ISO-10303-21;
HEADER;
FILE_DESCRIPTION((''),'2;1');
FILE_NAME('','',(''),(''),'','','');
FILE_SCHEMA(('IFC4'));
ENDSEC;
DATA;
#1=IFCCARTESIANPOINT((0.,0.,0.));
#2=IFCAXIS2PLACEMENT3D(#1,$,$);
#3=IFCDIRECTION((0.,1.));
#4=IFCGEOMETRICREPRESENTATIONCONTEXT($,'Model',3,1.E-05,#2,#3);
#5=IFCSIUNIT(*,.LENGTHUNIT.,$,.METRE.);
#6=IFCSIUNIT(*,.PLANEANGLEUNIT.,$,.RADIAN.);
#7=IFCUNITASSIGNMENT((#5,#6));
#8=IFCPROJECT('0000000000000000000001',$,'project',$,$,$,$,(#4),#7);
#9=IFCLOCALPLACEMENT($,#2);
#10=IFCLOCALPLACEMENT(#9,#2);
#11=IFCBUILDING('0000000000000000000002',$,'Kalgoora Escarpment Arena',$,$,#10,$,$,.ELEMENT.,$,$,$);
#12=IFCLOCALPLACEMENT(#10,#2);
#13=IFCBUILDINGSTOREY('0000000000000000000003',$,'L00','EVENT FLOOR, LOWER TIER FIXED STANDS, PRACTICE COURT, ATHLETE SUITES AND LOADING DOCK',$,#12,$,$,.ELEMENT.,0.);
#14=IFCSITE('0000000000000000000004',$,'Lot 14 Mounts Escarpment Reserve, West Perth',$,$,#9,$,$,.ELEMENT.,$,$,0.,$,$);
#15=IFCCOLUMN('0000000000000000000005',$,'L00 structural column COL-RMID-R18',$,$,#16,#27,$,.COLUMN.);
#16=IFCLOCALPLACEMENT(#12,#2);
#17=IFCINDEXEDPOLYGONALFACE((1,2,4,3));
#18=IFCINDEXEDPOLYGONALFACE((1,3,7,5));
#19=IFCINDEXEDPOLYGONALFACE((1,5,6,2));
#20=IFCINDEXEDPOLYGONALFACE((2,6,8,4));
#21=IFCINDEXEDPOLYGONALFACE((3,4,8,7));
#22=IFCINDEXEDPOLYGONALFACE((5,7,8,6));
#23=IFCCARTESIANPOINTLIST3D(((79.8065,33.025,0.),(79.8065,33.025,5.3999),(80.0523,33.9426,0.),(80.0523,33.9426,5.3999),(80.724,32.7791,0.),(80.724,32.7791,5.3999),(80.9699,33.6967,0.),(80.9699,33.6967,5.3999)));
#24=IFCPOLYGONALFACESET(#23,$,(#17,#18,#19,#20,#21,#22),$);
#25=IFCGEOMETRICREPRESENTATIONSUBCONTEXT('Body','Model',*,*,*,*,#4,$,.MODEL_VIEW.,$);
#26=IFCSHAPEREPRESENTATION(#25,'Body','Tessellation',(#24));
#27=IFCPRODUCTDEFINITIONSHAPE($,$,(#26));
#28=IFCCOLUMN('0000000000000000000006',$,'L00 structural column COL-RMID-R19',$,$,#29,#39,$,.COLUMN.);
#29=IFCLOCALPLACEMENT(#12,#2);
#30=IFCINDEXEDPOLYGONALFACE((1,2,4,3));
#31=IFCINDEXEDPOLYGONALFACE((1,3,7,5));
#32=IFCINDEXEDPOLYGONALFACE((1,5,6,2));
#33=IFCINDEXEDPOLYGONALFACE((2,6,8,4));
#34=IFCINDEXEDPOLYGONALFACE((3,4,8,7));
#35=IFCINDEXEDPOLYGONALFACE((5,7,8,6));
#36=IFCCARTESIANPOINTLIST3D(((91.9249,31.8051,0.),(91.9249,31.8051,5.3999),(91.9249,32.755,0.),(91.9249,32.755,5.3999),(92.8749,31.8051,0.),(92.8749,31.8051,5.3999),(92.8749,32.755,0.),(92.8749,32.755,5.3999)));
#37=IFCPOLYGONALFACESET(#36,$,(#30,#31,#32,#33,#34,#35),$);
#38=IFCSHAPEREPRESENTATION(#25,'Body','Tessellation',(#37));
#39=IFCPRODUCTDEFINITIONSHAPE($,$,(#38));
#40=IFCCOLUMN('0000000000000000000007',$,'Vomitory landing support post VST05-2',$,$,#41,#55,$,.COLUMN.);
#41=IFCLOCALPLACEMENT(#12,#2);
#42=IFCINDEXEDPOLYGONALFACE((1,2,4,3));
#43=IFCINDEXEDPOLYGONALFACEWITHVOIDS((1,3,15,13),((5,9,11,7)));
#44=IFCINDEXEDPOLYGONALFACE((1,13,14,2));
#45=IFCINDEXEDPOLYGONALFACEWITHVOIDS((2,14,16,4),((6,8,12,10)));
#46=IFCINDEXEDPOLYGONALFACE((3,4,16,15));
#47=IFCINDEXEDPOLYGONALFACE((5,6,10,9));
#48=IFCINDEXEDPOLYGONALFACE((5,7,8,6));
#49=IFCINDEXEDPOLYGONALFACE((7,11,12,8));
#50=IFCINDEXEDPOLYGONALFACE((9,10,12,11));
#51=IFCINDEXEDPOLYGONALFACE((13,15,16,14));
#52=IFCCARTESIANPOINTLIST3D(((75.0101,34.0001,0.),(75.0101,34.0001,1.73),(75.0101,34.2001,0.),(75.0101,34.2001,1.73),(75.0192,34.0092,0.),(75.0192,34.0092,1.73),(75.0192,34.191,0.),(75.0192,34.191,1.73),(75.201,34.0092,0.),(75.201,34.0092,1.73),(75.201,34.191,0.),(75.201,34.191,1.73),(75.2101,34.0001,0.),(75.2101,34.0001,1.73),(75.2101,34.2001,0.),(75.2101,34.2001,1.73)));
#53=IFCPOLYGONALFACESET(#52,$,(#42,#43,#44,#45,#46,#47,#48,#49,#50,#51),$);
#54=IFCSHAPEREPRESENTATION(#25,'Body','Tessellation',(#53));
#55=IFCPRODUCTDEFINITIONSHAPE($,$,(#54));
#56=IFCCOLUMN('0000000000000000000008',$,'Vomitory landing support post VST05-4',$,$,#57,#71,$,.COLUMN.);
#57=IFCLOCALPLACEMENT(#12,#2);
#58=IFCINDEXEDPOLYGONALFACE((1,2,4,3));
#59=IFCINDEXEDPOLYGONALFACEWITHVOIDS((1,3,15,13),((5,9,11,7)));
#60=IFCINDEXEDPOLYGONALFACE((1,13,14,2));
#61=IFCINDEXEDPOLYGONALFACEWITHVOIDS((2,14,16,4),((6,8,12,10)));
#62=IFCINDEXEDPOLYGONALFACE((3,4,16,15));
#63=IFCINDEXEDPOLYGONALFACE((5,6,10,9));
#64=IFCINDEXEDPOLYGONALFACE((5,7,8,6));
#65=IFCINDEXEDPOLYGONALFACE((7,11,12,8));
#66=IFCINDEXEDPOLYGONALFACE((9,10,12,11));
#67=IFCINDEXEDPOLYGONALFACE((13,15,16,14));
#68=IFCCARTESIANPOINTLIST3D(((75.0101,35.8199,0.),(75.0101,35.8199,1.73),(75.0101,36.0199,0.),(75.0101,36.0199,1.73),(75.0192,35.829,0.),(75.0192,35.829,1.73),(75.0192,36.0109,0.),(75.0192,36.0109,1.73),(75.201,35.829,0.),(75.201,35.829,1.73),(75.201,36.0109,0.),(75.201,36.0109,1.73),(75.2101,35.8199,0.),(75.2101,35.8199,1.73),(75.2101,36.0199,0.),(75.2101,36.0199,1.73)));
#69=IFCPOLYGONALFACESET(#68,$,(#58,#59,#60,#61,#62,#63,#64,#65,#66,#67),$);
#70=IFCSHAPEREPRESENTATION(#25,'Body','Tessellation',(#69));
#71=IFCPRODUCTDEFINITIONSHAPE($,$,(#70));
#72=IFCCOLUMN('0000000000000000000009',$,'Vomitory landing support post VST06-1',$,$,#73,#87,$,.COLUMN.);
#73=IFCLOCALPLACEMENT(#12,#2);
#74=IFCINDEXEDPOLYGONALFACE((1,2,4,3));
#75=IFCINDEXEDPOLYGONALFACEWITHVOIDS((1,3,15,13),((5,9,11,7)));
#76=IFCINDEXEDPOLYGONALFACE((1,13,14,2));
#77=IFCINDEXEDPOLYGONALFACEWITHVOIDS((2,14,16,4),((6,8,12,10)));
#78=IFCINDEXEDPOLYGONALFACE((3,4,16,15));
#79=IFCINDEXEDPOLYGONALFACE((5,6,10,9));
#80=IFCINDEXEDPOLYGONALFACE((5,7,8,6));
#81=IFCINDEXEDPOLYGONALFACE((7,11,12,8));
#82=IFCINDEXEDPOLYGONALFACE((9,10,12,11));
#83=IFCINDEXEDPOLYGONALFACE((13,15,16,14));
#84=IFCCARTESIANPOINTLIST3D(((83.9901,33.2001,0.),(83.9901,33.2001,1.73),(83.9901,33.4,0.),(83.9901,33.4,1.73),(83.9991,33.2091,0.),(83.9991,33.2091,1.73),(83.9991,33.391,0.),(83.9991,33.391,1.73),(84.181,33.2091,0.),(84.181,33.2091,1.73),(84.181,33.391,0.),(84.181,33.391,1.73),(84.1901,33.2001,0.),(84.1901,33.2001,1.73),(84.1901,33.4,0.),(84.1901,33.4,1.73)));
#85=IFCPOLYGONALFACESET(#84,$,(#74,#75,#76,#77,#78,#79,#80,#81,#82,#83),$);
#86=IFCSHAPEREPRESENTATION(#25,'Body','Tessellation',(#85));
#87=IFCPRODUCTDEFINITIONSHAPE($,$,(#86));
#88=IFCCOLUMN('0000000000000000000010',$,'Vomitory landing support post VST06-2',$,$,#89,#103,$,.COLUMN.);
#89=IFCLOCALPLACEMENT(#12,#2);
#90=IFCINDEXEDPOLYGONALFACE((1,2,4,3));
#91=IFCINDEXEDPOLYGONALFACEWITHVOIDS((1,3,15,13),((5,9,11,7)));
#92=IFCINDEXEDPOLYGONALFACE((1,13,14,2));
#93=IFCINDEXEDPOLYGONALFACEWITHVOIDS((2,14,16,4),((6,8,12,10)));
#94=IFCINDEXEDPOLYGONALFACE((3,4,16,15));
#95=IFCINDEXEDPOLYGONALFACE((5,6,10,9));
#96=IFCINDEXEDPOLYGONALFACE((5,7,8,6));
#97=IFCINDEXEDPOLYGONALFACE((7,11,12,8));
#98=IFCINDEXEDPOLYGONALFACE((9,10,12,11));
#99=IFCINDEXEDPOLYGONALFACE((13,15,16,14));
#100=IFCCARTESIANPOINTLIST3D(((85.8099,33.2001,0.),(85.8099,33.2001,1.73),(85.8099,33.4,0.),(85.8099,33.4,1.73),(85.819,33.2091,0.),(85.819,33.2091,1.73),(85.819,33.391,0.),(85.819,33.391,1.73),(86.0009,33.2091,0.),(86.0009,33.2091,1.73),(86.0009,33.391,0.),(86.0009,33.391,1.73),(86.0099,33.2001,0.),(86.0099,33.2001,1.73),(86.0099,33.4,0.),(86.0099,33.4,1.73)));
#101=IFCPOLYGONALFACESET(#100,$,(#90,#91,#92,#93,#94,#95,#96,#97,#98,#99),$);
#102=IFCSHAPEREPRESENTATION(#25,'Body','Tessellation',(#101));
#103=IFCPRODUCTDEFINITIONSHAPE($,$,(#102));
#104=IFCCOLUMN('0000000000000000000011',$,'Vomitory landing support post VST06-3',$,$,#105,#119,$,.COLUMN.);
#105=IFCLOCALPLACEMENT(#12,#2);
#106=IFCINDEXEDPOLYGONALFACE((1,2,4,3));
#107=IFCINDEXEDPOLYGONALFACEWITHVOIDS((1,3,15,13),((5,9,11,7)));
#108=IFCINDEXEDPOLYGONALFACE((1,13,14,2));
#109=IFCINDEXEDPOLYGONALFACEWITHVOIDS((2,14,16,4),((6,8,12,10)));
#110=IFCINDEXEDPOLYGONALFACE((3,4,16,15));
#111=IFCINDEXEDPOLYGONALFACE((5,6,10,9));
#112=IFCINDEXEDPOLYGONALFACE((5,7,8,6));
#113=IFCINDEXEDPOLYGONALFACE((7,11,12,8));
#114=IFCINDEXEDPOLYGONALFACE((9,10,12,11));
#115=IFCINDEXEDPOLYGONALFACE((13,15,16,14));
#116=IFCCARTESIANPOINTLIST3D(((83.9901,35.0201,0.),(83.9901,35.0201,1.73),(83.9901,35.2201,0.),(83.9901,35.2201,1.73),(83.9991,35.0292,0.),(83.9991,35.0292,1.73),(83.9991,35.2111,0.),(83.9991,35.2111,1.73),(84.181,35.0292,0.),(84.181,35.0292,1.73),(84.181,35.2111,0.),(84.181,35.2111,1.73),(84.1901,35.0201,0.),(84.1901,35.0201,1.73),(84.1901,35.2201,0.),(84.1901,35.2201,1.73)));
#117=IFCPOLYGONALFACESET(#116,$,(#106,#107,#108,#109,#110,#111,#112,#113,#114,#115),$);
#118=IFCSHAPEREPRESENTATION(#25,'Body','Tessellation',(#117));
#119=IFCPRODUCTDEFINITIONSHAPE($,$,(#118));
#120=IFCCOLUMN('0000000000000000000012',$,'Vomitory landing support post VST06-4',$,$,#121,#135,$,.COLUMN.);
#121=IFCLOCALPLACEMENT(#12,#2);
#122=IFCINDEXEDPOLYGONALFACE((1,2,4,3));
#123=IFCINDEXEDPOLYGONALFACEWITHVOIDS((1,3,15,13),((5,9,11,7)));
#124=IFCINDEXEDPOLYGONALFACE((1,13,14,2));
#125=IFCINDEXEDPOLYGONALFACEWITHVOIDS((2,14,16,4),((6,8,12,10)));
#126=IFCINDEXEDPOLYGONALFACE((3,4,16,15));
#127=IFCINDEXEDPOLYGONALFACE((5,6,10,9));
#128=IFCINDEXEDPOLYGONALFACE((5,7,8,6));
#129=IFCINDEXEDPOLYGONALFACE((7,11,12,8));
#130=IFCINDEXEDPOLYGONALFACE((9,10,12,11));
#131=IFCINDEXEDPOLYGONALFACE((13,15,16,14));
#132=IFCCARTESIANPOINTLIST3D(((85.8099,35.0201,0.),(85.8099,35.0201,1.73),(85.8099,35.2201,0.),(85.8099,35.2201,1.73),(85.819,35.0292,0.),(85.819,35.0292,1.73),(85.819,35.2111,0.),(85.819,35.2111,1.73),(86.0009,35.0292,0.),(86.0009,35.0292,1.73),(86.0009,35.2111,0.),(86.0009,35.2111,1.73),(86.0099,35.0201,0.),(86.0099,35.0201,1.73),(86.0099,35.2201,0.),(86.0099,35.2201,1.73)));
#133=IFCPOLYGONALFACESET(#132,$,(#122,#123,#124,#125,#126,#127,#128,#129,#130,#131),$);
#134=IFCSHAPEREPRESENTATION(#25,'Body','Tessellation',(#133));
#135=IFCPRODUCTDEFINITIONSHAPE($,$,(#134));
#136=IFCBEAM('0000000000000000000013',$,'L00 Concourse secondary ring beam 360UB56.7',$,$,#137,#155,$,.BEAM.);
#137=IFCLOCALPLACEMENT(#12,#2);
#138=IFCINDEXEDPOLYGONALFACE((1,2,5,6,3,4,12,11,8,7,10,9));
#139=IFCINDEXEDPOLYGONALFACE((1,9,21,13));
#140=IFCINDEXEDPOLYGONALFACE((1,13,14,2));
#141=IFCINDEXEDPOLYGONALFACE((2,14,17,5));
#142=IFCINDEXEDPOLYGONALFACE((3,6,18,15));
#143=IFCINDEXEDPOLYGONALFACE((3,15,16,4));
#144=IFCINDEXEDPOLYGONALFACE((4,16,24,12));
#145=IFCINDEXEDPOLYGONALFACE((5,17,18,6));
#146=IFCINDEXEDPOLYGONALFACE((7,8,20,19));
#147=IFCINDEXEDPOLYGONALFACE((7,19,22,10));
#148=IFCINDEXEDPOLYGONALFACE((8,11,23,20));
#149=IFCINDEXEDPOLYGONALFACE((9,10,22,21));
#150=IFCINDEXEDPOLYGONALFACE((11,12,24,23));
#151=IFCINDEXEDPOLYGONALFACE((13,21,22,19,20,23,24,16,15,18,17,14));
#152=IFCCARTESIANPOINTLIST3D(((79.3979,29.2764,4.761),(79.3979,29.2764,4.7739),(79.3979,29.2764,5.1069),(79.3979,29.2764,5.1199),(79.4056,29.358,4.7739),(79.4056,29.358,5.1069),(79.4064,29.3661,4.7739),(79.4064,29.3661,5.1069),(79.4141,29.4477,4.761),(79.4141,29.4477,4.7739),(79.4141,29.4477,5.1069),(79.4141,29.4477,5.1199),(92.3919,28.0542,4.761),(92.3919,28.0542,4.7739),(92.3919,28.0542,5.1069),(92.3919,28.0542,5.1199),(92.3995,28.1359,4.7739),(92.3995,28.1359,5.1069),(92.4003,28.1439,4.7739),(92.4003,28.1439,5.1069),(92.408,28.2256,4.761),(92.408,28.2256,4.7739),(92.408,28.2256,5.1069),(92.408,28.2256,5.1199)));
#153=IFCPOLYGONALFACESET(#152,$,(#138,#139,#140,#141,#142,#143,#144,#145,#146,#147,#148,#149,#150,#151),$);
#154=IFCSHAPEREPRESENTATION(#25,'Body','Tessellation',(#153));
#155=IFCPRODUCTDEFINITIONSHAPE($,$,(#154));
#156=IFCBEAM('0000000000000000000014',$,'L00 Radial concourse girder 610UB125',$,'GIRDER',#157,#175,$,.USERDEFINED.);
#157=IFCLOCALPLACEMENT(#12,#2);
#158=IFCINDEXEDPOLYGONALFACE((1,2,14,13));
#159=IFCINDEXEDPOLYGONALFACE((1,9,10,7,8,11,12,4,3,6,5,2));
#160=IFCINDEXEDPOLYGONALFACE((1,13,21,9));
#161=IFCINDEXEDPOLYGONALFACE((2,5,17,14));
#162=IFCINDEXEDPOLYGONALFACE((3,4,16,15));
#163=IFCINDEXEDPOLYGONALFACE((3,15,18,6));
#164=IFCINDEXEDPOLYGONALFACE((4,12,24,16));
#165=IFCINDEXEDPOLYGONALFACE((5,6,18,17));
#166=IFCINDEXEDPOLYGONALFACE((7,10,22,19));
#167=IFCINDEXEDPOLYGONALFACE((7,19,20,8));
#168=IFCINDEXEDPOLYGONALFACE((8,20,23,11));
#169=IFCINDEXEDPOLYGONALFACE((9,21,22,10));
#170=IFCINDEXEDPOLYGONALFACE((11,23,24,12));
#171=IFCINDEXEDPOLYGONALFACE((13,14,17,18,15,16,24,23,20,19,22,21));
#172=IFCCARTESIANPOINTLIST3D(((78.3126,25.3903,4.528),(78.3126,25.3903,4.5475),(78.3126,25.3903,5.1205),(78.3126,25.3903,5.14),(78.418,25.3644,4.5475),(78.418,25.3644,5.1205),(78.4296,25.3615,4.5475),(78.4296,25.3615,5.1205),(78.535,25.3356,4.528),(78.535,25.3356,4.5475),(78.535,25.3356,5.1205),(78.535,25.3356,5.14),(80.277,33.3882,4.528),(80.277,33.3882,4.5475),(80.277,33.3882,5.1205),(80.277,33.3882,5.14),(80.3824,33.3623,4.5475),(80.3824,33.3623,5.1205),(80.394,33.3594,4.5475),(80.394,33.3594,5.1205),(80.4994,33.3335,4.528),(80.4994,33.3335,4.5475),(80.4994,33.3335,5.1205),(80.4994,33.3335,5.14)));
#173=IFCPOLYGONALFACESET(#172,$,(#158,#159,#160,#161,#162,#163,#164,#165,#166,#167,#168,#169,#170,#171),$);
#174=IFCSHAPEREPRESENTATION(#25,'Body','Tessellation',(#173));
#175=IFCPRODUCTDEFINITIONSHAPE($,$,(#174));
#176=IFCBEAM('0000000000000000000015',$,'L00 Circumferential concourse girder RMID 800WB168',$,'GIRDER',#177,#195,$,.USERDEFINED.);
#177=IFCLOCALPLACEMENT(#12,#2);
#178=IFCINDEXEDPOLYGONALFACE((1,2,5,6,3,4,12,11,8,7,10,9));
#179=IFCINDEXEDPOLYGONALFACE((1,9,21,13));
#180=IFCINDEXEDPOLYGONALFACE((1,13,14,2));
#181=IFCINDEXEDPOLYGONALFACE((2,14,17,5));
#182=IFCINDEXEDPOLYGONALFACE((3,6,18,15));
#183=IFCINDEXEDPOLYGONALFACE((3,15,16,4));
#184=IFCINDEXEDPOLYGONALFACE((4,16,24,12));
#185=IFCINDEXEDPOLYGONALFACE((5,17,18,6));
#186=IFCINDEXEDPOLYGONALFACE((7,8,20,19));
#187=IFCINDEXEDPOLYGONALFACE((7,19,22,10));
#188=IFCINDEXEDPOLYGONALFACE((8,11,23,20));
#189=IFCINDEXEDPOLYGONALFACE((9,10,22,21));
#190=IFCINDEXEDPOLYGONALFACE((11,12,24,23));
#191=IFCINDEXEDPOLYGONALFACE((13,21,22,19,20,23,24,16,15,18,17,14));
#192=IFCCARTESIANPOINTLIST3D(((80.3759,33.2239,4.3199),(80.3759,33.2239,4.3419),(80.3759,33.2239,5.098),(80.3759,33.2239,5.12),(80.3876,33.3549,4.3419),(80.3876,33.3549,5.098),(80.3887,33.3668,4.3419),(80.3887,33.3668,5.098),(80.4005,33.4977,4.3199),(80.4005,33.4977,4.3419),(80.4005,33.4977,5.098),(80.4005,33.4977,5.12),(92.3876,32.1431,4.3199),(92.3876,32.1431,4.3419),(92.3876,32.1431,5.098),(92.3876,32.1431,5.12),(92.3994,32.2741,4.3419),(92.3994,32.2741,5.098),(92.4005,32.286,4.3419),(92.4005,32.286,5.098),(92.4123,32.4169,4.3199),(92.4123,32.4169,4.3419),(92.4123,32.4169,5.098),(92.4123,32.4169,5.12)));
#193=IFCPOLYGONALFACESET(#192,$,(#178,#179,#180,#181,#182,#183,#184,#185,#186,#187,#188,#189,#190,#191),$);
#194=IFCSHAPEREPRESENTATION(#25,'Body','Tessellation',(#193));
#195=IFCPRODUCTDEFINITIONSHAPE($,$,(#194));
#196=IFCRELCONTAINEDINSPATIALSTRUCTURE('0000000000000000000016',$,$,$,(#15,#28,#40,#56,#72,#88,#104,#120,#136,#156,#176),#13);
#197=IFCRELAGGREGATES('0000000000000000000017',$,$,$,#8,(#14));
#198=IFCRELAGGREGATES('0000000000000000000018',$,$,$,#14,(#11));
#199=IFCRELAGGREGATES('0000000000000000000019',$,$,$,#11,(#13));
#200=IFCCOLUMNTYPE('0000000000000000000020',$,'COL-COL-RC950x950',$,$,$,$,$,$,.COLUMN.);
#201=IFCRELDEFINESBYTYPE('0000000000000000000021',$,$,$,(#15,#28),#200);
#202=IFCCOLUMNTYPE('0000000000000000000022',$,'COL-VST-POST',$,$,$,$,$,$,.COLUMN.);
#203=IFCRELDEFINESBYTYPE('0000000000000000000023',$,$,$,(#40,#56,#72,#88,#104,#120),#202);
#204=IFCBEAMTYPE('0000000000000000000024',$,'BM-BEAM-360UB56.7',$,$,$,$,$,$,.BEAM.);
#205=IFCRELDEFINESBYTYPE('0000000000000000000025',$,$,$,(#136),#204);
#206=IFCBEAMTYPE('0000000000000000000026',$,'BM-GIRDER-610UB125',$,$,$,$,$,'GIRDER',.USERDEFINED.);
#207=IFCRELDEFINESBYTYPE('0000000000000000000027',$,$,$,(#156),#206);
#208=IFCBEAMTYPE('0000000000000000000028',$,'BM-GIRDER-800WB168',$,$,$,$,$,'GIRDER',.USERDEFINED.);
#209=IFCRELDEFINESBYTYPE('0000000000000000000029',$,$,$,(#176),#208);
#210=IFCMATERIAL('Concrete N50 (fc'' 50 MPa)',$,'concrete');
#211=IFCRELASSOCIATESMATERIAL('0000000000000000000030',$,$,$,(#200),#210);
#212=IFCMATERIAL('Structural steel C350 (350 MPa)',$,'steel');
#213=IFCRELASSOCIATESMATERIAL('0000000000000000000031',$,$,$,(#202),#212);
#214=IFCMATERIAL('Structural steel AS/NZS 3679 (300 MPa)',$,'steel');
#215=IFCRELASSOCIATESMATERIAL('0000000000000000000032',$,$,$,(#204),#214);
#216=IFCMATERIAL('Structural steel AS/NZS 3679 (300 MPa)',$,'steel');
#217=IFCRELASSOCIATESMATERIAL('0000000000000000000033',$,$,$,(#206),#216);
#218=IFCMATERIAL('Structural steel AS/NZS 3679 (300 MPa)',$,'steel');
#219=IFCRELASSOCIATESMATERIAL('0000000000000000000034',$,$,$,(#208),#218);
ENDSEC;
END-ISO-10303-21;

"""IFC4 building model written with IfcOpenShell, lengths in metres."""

from ifc_helpers import new_model, si_unit, direction, frame, origin, origin_2d, place, context, subcontext, project, spatial, rectangle, hollow_rectangle, i_section, extrude, material, material_profile, profile_set, type_object, element, save


model = new_model("IFC4")

# Units and contexts
model_context = context("Model", 3, precision=1e-05, world=origin(), true_north=direction((0.0, 1.0)))
body_context = subcontext(model_context, "Body", "Model", "MODEL_VIEW")
ifc_project = project(units=[si_unit("LENGTHUNIT", "METRE"), si_unit("PLANEANGLEUNIT", "RADIAN")], contexts=[model_context])

# Site, building, storey
site_placement = place(None, origin())
site = spatial("IfcSite", under=ifc_project, at=site_placement, Name="Lot 14 Mounts Escarpment Reserve, West Perth", CompositionType="ELEMENT", RefElevation=0.0)
building_placement = place(site_placement, origin())
building = spatial("IfcBuilding", under=site, at=building_placement, Name="Kalgoora Escarpment Arena", CompositionType="ELEMENT")
storey_placement = place(building_placement, origin())
storey = spatial("IfcBuildingStorey", under=building, at=storey_placement, Name="L00", Description="EVENT FLOOR, LOWER TIER FIXED STANDS, PRACTICE COURT, ATHLETE SUITES AND LOADING DOCK", CompositionType="ELEMENT", Elevation=0.0)

# Columns
ifc_material_1 = material(Name="Concrete N50 (fc' 50 MPa)", Category="concrete")
ifc_material_profile_1 = material_profile(ifc_material_1, rectangle(XDim=0.95, YDim=0.95, at=origin_2d()))
ifc_profile_set_1 = profile_set([ifc_material_profile_1], Name="Concrete N50 (fc' 50 MPa)")
column_type_1 = type_object("IfcColumnType", Name="COL-COL-RC950x950", PredefinedType="COLUMN", material=ifc_profile_set_1)
for number, where, z_axis, x_axis, name in (
    (1, (80.3882, 33.3608, 0.0), (0.0, 0.0, 1.0), (-0.258819, -0.965926, 0.0), "L00 structural column COL-RMID-R18"),
    (2, (92.3999, 32.28, 0.0), (0.0, 0.0, 1.0), (0.0, -1.0, 0.0), "L00 structural column COL-RMID-R19"),
):
    element("IfcColumn", number, at=place(storey_placement, frame(where, z_axis=z_axis, x_axis=x_axis)), inside=storey, type_object=column_type_1, Name=name, PredefinedType="COLUMN", context=body_context, shape_type="SweptSolid", body=[
        extrude(rectangle(XDim=0.95, YDim=0.95, at=origin_2d()), origin(), (0.0, 0.0, 1.0), 5.3999),
    ])
ifc_material_2 = material(Name="Structural steel C350 (350 MPa)", Category="steel")
ifc_material_profile_2 = material_profile(ifc_material_2, hollow_rectangle(XDim=0.2, YDim=0.2, WallThickness=0.009, at=origin_2d()))
ifc_profile_set_2 = profile_set([ifc_material_profile_2], Name="Structural steel C350 (350 MPa)")
column_type_2 = type_object("IfcColumnType", Name="COL-VST-POST", PredefinedType="COLUMN", material=ifc_profile_set_2)
for number, where, z_axis, x_axis, name in (
    (3, (75.1101, 34.1001, 0.0), (0.0, 0.0, 1.0), (1.0, 0.0, 0.0), "Vomitory landing support post VST05-2"),
    (4, (75.1101, 35.9199, 0.0), (0.0, 0.0, 1.0), (1.0, 0.0, 0.0), "Vomitory landing support post VST05-4"),
    (5, (84.0901, 33.3, 0.0), (0.0, 0.0, 1.0), (1.0, 0.0, 0.0), "Vomitory landing support post VST06-1"),
    (6, (85.9099, 33.3, 0.0), (0.0, 0.0, 1.0), (1.0, 0.0, 0.0), "Vomitory landing support post VST06-2"),
    (7, (84.0901, 35.1201, 0.0), (0.0, 0.0, 1.0), (1.0, 0.0, 0.0), "Vomitory landing support post VST06-3"),
    (8, (85.9099, 35.1201, 0.0), (0.0, 0.0, 1.0), (1.0, 0.0, 0.0), "Vomitory landing support post VST06-4"),
):
    element("IfcColumn", number, at=place(storey_placement, frame(where, z_axis=z_axis, x_axis=x_axis)), inside=storey, type_object=column_type_2, Name=name, PredefinedType="COLUMN", context=body_context, shape_type="SweptSolid", body=[
        extrude(hollow_rectangle(XDim=0.2, YDim=0.2, WallThickness=0.009, at=origin_2d()), origin(), (0.0, 0.0, 1.0), 1.73),
    ])

# Beams
ifc_material_3 = material(Name="Structural steel AS/NZS 3679 (300 MPa)", Category="steel")
ifc_material_profile_3 = material_profile(ifc_material_3, i_section(OverallWidth=0.1721, OverallDepth=0.3589, WebThickness=0.0081, FlangeThickness=0.0129, at=origin_2d()))
ifc_profile_set_3 = profile_set([ifc_material_profile_3], Name="Structural steel AS/NZS 3679 (300 MPa)")
beam_type_1 = type_object("IfcBeamType", Name="BM-BEAM-360UB56.7", PredefinedType="BEAM", material=ifc_profile_set_3)
beam_1_placement = place(storey_placement, frame((79.406, 29.3621, 4.9404), z_axis=(0.995606, -0.093644, 0.0), x_axis=(0.093644, 0.995606, 0.0)))
element("IfcBeam", 9, at=beam_1_placement, inside=storey, type_object=beam_type_1, Name="L00 Concourse secondary ring beam 360UB56.7", PredefinedType="BEAM", context=body_context, shape_type="SweptSolid", body=[
    extrude(i_section(OverallWidth=0.1721, OverallDepth=0.3589, WebThickness=0.0081, FlangeThickness=0.0129, at=origin_2d()), origin(), (0.0, 0.0, 1.0), 13.0513),
])
ifc_material_4 = material(Name="Structural steel AS/NZS 3679 (300 MPa)", Category="steel")
ifc_material_profile_4 = material_profile(ifc_material_4, i_section(OverallWidth=0.229, OverallDepth=0.6121, WebThickness=0.012, FlangeThickness=0.0195, at=origin_2d()))
ifc_profile_set_4 = profile_set([ifc_material_profile_4], Name="Structural steel AS/NZS 3679 (300 MPa)")
beam_type_2 = type_object("IfcBeamType", Name="BM-GIRDER-610UB125", ElementType="GIRDER", PredefinedType="USERDEFINED", material=ifc_profile_set_4)
beam_2_placement = place(storey_placement, frame((80.3882, 33.3608, 4.834), z_axis=(-0.238523, -0.971137, 0.0), x_axis=(0.971137, -0.238523, 0.0)))
element("IfcBeam", 10, at=beam_2_placement, inside=storey, type_object=beam_type_2, Name="L00 Radial concourse girder 610UB125", ObjectType="GIRDER", PredefinedType="USERDEFINED", context=body_context, shape_type="SweptSolid", body=[
    extrude(i_section(OverallWidth=0.229, OverallDepth=0.6121, WebThickness=0.012, FlangeThickness=0.0195, at=origin_2d()), origin(), (0.0, 0.0, 1.0), 8.2356),
])
ifc_material_5 = material(Name="Structural steel AS/NZS 3679 (300 MPa)", Category="steel")
ifc_material_profile_5 = material_profile(ifc_material_5, i_section(OverallWidth=0.2749, OverallDepth=0.8, WebThickness=0.012, FlangeThickness=0.022, at=origin_2d()))
ifc_profile_set_5 = profile_set([ifc_material_profile_5], Name="Structural steel AS/NZS 3679 (300 MPa)")
beam_type_3 = type_object("IfcBeamType", Name="BM-GIRDER-800WB168", ElementType="GIRDER", PredefinedType="USERDEFINED", material=ifc_profile_set_5)
beam_3_placement = place(storey_placement, frame((80.3882, 33.3608, 4.72), z_axis=(0.995976, -0.089618, 0.0), x_axis=(0.089618, 0.995976, 0.0)))
element("IfcBeam", 11, at=beam_3_placement, inside=storey, type_object=beam_type_3, Name="L00 Circumferential concourse girder RMID 800WB168", ObjectType="GIRDER", PredefinedType="USERDEFINED", context=body_context, shape_type="SweptSolid", body=[
    extrude(i_section(OverallWidth=0.2749, OverallDepth=0.8, WebThickness=0.012, FlangeThickness=0.022, at=origin_2d()), origin(), (0.0, 0.0, 1.0), 12.0603),
])

save(model, "model.ifc")
